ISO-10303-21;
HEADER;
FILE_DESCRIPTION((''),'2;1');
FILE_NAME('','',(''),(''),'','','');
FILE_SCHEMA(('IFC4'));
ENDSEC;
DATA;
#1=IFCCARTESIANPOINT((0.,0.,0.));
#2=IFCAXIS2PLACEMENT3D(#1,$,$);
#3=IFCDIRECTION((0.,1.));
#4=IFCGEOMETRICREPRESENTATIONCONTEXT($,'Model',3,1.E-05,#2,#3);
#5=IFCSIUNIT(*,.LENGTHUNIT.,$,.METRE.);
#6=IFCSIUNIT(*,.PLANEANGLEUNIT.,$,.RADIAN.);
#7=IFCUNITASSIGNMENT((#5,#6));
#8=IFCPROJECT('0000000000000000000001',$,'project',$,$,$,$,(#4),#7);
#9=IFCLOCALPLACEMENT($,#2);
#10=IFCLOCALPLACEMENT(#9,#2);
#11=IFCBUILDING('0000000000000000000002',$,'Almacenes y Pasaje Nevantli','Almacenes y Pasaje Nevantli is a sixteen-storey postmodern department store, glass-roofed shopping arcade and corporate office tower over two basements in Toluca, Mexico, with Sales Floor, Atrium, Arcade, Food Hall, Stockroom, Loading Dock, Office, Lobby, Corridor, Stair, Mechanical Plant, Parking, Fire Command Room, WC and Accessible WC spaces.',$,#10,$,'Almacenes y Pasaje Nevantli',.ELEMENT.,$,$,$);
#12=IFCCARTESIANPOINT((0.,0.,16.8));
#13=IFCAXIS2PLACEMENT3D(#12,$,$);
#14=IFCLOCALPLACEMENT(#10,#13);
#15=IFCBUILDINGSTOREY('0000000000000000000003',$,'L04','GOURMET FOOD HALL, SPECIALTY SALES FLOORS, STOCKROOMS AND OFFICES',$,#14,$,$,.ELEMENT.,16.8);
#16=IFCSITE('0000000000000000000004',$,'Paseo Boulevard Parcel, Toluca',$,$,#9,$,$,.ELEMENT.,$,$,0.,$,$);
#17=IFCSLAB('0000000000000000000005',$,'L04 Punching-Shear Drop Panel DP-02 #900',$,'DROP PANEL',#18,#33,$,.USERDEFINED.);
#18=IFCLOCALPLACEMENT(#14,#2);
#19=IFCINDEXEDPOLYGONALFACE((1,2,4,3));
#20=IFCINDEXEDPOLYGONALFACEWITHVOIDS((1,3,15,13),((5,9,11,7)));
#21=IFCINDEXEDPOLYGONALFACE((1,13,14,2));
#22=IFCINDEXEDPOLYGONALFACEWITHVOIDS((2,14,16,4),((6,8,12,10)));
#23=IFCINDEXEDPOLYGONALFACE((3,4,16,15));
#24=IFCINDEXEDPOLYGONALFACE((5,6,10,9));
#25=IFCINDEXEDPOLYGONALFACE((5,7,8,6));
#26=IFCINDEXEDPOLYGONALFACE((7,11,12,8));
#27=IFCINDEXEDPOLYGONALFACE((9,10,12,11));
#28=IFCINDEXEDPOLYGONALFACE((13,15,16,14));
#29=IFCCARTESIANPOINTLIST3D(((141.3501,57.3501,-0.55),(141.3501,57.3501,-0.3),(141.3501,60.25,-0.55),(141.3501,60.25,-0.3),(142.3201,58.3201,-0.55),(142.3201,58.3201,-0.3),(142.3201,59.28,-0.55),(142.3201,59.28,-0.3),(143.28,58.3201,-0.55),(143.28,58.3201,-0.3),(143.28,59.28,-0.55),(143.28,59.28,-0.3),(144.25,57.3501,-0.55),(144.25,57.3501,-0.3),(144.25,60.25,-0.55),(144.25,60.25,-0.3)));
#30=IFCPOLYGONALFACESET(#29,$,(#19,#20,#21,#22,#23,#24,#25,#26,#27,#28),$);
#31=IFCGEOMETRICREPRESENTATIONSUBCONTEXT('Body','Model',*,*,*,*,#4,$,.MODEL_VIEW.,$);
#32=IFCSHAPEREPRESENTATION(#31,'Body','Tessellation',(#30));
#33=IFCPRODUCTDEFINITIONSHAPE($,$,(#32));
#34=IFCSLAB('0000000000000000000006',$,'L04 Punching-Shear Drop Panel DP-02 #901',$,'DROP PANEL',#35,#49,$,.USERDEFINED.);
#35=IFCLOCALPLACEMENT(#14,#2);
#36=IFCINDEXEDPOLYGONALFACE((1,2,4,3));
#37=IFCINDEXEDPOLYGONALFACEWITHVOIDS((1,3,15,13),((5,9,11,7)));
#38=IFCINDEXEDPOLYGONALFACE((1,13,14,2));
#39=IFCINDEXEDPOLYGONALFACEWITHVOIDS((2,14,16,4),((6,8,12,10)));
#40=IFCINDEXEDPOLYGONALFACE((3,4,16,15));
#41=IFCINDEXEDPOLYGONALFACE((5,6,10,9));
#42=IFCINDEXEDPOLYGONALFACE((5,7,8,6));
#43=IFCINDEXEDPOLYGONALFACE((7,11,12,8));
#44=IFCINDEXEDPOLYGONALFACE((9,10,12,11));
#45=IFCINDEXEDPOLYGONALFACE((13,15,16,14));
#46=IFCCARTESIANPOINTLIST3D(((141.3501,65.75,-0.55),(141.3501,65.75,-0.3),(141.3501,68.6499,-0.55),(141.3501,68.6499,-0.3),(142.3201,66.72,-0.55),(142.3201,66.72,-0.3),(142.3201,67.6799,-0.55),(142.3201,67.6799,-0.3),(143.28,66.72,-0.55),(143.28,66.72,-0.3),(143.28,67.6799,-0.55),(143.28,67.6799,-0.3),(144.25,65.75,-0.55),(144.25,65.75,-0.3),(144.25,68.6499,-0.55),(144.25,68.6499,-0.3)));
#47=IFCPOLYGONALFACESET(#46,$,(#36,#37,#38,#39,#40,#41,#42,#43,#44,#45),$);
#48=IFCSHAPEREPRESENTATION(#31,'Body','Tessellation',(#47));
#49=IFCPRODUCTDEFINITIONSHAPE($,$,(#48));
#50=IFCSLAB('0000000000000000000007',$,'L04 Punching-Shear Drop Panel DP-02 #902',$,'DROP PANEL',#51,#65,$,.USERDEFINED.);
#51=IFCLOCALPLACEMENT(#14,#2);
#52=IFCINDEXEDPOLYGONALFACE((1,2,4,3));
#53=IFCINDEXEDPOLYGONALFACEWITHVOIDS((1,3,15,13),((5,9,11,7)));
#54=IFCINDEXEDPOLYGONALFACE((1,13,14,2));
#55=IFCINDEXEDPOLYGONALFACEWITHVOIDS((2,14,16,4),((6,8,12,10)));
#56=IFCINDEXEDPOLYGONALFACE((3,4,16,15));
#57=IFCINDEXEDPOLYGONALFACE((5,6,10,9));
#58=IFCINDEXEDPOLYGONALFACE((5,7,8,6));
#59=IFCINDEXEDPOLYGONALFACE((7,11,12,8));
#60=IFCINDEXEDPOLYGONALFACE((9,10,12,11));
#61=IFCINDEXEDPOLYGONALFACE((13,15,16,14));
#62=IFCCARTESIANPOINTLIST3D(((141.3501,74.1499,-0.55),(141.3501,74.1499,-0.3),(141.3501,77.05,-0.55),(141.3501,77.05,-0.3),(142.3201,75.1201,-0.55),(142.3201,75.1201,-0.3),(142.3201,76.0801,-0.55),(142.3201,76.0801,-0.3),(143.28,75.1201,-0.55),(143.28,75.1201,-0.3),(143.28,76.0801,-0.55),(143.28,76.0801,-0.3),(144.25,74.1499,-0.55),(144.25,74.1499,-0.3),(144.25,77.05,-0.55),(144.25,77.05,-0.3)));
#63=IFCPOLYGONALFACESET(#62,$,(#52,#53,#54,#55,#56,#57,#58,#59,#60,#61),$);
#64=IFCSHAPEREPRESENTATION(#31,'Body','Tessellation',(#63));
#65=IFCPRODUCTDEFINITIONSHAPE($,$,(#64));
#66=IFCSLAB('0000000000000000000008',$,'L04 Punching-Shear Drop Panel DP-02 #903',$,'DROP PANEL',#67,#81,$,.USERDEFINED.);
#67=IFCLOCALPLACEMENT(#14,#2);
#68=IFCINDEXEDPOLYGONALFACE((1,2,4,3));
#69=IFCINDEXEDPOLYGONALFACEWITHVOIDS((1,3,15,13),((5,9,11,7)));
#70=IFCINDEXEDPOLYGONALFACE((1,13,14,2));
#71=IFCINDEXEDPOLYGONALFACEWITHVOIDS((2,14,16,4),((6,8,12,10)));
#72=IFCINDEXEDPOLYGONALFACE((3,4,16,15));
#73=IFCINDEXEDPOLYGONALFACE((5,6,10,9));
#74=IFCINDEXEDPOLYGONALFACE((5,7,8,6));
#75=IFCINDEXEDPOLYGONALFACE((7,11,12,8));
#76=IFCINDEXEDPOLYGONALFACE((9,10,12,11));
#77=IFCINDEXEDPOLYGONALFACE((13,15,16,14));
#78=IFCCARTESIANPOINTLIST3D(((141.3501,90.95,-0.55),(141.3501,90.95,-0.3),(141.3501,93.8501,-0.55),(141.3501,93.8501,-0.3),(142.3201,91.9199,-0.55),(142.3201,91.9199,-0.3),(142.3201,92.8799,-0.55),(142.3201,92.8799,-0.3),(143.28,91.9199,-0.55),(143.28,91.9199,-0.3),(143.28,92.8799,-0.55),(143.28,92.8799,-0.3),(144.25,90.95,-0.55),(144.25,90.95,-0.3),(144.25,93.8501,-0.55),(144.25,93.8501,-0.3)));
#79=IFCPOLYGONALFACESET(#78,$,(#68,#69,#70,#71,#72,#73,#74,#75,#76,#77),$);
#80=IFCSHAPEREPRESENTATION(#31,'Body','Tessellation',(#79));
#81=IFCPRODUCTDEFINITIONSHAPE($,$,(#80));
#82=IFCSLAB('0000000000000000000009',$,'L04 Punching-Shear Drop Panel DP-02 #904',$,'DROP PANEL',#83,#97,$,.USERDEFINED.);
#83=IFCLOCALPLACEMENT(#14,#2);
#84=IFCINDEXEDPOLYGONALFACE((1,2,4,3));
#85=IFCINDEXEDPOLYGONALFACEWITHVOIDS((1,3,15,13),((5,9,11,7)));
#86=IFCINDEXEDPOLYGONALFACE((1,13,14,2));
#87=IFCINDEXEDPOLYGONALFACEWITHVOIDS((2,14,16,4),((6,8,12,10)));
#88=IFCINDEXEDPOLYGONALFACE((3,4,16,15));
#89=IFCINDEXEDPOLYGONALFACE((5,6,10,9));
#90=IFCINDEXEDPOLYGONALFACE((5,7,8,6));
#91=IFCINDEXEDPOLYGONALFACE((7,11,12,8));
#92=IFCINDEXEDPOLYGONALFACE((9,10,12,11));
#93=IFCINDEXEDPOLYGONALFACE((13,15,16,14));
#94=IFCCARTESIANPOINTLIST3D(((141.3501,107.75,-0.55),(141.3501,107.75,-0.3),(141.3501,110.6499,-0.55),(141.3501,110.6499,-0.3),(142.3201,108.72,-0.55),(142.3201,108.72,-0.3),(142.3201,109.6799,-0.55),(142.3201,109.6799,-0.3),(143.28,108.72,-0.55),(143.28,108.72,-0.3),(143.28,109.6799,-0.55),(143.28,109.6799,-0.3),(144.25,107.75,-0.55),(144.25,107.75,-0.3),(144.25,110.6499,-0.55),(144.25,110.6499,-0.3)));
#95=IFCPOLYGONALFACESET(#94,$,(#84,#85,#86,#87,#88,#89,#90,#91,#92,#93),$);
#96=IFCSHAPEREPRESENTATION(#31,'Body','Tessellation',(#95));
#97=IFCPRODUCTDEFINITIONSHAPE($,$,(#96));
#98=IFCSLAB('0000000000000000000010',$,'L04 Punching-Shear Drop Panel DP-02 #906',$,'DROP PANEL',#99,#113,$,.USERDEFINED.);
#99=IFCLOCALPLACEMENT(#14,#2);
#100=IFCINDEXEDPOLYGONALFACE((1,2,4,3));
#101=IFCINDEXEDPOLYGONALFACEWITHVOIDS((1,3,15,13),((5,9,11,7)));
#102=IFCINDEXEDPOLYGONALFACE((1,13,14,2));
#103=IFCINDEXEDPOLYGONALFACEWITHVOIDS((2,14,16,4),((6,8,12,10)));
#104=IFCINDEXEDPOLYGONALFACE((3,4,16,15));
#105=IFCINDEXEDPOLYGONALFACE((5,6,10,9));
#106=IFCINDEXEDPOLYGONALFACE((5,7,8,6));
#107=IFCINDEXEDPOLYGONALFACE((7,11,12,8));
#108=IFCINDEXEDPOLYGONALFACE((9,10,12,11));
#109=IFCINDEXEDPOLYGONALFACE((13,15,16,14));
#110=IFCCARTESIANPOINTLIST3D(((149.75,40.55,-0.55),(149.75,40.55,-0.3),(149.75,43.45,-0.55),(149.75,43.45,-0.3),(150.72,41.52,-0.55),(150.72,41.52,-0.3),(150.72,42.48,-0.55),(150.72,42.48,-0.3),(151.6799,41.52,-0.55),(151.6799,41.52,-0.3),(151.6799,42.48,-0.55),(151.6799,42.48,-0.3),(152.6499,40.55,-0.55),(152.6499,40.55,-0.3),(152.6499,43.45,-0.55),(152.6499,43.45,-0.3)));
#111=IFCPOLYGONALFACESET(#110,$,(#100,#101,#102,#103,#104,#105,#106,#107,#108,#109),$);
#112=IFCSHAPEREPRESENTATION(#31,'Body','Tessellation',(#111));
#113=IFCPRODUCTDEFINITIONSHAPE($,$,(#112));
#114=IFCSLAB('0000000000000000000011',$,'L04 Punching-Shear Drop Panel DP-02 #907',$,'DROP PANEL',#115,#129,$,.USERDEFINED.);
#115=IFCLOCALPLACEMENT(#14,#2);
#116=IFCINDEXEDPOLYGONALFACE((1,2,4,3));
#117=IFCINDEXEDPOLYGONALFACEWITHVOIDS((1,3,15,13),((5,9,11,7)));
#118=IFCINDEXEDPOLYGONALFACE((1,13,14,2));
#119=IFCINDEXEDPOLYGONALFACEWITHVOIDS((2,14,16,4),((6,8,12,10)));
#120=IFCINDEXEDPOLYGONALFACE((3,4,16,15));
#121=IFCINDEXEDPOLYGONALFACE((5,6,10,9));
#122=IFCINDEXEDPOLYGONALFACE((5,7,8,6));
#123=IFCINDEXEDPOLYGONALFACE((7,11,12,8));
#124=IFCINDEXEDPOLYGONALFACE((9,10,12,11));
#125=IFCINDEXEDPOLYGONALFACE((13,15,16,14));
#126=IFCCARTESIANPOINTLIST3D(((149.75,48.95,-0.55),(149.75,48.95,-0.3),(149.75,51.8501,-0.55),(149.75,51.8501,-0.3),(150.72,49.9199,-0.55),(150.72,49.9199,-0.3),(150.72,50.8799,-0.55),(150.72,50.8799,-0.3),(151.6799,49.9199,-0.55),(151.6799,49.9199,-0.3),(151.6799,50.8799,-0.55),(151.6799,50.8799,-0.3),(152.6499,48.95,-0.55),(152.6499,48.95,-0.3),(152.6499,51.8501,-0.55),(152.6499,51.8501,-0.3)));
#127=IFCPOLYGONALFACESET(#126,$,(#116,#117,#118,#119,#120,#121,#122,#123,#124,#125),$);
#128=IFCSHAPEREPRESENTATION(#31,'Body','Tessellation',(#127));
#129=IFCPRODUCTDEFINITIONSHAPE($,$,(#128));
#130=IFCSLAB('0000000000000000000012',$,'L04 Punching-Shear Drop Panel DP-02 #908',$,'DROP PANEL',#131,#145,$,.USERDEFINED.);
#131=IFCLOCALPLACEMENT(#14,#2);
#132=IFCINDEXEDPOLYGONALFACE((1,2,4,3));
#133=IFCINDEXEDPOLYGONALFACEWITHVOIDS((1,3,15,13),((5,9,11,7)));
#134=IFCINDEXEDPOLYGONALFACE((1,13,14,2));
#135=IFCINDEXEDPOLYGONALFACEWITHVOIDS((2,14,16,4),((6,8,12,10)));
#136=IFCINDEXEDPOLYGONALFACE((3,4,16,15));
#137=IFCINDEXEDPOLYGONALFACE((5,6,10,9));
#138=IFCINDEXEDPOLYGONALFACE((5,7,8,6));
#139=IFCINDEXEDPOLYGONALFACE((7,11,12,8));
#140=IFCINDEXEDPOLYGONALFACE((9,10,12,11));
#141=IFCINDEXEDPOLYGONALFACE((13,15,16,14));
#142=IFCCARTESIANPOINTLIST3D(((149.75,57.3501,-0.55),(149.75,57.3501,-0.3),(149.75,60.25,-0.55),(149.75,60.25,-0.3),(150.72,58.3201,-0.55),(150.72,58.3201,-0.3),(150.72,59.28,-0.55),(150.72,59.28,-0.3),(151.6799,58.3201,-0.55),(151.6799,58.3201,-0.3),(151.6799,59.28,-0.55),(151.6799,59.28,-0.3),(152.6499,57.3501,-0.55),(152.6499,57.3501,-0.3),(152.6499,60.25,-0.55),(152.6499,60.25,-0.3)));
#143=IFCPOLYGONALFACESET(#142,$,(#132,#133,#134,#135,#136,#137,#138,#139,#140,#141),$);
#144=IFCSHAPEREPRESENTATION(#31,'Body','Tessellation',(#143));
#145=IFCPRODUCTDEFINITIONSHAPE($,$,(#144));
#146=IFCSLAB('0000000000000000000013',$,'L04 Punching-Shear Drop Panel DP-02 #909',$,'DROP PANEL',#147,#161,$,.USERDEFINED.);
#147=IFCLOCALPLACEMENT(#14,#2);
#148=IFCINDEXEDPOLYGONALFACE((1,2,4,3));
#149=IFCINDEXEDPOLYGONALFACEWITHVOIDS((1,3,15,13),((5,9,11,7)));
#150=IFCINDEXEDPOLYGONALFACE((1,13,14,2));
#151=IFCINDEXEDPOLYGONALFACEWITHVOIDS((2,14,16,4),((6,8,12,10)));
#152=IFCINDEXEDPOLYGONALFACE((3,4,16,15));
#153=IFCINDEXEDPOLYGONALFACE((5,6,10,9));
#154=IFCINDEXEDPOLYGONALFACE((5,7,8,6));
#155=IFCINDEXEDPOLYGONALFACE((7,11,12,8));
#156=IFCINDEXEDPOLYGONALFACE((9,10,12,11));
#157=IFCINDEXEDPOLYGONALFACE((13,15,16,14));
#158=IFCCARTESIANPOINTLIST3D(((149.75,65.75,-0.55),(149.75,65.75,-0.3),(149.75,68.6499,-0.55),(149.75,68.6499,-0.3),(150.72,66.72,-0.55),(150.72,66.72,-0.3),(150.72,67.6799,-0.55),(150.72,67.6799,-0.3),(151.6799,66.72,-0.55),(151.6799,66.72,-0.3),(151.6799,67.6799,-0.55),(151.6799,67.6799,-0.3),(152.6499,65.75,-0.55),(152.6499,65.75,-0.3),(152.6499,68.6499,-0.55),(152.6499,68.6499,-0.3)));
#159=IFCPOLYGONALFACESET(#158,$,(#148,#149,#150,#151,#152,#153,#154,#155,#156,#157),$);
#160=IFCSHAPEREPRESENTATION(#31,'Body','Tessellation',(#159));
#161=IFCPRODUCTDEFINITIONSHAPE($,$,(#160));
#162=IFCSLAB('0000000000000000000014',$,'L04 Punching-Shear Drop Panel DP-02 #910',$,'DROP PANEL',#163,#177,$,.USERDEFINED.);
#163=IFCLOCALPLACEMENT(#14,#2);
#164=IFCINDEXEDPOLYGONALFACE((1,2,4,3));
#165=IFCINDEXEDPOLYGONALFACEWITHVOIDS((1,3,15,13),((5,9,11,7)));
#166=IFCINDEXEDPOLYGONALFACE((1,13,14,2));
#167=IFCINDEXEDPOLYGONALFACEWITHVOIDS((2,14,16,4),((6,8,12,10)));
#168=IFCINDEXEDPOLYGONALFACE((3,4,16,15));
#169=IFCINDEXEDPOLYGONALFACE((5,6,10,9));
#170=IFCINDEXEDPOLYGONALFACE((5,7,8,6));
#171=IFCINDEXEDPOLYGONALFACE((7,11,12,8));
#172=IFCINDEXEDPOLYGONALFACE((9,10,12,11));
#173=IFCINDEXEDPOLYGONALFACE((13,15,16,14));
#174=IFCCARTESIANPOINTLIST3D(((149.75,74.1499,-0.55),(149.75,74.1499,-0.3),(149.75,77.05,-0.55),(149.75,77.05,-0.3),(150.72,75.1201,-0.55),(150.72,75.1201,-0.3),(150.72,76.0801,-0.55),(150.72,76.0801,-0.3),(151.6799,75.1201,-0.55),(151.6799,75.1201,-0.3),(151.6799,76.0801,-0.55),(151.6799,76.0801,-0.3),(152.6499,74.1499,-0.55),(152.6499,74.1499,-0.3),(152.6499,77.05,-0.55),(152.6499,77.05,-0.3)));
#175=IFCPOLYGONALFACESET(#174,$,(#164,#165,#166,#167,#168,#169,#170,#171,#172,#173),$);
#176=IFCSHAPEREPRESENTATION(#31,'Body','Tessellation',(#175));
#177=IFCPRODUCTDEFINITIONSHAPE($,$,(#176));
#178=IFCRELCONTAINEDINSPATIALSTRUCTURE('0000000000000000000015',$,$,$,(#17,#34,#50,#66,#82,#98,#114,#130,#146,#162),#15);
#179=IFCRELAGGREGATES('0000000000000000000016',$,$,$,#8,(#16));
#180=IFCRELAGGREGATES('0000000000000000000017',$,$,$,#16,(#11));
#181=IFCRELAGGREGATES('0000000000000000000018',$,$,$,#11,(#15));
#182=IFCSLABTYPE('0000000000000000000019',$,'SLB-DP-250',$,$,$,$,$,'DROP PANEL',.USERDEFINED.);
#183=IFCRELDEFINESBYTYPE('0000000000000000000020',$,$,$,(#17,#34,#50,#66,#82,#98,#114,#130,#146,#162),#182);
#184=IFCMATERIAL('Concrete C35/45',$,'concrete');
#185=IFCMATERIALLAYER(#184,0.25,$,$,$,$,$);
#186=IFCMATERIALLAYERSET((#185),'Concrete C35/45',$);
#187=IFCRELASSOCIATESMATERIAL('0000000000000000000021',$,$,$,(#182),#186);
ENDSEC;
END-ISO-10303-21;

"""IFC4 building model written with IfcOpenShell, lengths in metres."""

from ifc_helpers import new_model, si_unit, direction, frame, origin, place, context, subcontext, project, spatial, polyline, outline, extrude, material, layer, layer_set, type_object, element, save


model = new_model("IFC4")

# Units and contexts
model_context = context("Model", 3, precision=1e-05, world=origin(), true_north=direction((0.0, 1.0)))
body_context = subcontext(model_context, "Body", "Model", "MODEL_VIEW")
ifc_project = project(units=[si_unit("LENGTHUNIT", "METRE"), si_unit("PLANEANGLEUNIT", "RADIAN")], contexts=[model_context])

# Site, building, storey
site_placement = place(None, origin())
site = spatial("IfcSite", under=ifc_project, at=site_placement, Name="Paseo Boulevard Parcel, Toluca", CompositionType="ELEMENT", RefElevation=0.0)
building_placement = place(site_placement, origin())
building = spatial("IfcBuilding", under=site, at=building_placement, Name="Almacenes y Pasaje Nevantli", Description="Almacenes y Pasaje Nevantli is a sixteen-storey postmodern department store, glass-roofed shopping arcade and corporate office tower over two basements in Toluca, Mexico, with Sales Floor, Atrium, Arcade, Food Hall, Stockroom, Loading Dock, Office, Lobby, Corridor, Stair, Mechanical Plant, Parking, Fire Command Room, WC and Accessible WC spaces.", LongName="Almacenes y Pasaje Nevantli", CompositionType="ELEMENT")
storey_placement = place(building_placement, frame((0.0, 0.0, 16.8)))
storey = spatial("IfcBuildingStorey", under=building, at=storey_placement, Name="L04", Description="GOURMET FOOD HALL, SPECIALTY SALES FLOORS, STOCKROOMS AND OFFICES", CompositionType="ELEMENT", Elevation=16.8)

# Slabs
ifc_material = material(Name="Concrete C35/45", Category="concrete")
ifc_layer = layer(ifc_material, 0.25)
ifc_layer_set = layer_set([ifc_layer], Name="Concrete C35/45")
slab_type = type_object("IfcSlabType", Name="SLB-DP-250", ElementType="DROP PANEL", PredefinedType="USERDEFINED", material=ifc_layer_set)
slab_1_placement = place(storey_placement, frame((0.0, 0.0, -0.55)))
element("IfcSlab", 1, at=slab_1_placement, inside=storey, type_object=slab_type, Name="L04 Punching-Shear Drop Panel DP-02 #900", ObjectType="DROP PANEL", PredefinedType="USERDEFINED", context=body_context, shape_type="SweptSolid", body=[
    extrude(outline(polyline([(141.3501, 57.3501), (144.25, 57.3501), (144.25, 60.25), (141.3501, 60.25), (141.3501, 57.3501)]), holes=[polyline([(142.3201, 58.3201), (143.28, 58.3201), (143.28, 59.28), (142.3201, 59.28), (142.3201, 58.3201)])]), origin(), (0.0, 0.0, 1.0), 0.25),
])
slab_2_placement = place(storey_placement, frame((0.0, 0.0, -0.55)))
element("IfcSlab", 2, at=slab_2_placement, inside=storey, type_object=slab_type, Name="L04 Punching-Shear Drop Panel DP-02 #901", ObjectType="DROP PANEL", PredefinedType="USERDEFINED", context=body_context, shape_type="SweptSolid", body=[
    extrude(outline(polyline([(141.3501, 65.75), (144.25, 65.75), (144.25, 68.6499), (141.3501, 68.6499), (141.3501, 65.75)]), holes=[polyline([(142.3201, 66.72), (143.28, 66.72), (143.28, 67.6799), (142.3201, 67.6799), (142.3201, 66.72)])]), origin(), (0.0, 0.0, 1.0), 0.25),
])
slab_3_placement = place(storey_placement, frame((0.0, 0.0, -0.55)))
element("IfcSlab", 3, at=slab_3_placement, inside=storey, type_object=slab_type, Name="L04 Punching-Shear Drop Panel DP-02 #902", ObjectType="DROP PANEL", PredefinedType="USERDEFINED", context=body_context, shape_type="SweptSolid", body=[
    extrude(outline(polyline([(141.3501, 74.1499), (144.25, 74.1499), (144.25, 77.05), (141.3501, 77.05), (141.3501, 74.1499)]), holes=[polyline([(142.3201, 75.1201), (143.28, 75.1201), (143.28, 76.0801), (142.3201, 76.0801), (142.3201, 75.1201)])]), origin(), (0.0, 0.0, 1.0), 0.25),
])
slab_4_placement = place(storey_placement, frame((0.0, 0.0, -0.55)))
element("IfcSlab", 4, at=slab_4_placement, inside=storey, type_object=slab_type, Name="L04 Punching-Shear Drop Panel DP-02 #903", ObjectType="DROP PANEL", PredefinedType="USERDEFINED", context=body_context, shape_type="SweptSolid", body=[
    extrude(outline(polyline([(141.3501, 90.95), (144.25, 90.95), (144.25, 93.8501), (141.3501, 93.8501), (141.3501, 90.95)]), holes=[polyline([(142.3201, 91.9199), (143.28, 91.9199), (143.28, 92.8799), (142.3201, 92.8799), (142.3201, 91.9199)])]), origin(), (0.0, 0.0, 1.0), 0.25),
])
slab_5_placement = place(storey_placement, frame((0.0, 0.0, -0.55)))
element("IfcSlab", 5, at=slab_5_placement, inside=storey, type_object=slab_type, Name="L04 Punching-Shear Drop Panel DP-02 #904", ObjectType="DROP PANEL", PredefinedType="USERDEFINED", context=body_context, shape_type="SweptSolid", body=[
    extrude(outline(polyline([(141.3501, 107.75), (144.25, 107.75), (144.25, 110.6499), (141.3501, 110.6499), (141.3501, 107.75)]), holes=[polyline([(142.3201, 108.72), (143.28, 108.72), (143.28, 109.6799), (142.3201, 109.6799), (142.3201, 108.72)])]), origin(), (0.0, 0.0, 1.0), 0.25),
])
slab_6_placement = place(storey_placement, frame((0.0, 0.0, -0.55)))
element("IfcSlab", 6, at=slab_6_placement, inside=storey, type_object=slab_type, Name="L04 Punching-Shear Drop Panel DP-02 #906", ObjectType="DROP PANEL", PredefinedType="USERDEFINED", context=body_context, shape_type="SweptSolid", body=[
    extrude(outline(polyline([(149.75, 40.55), (152.6499, 40.55), (152.6499, 43.45), (149.75, 43.45), (149.75, 40.55)]), holes=[polyline([(150.72, 41.52), (151.6799, 41.52), (151.6799, 42.48), (150.72, 42.48), (150.72, 41.52)])]), origin(), (0.0, 0.0, 1.0), 0.25),
])
slab_7_placement = place(storey_placement, frame((0.0, 0.0, -0.55)))
element("IfcSlab", 7, at=slab_7_placement, inside=storey, type_object=slab_type, Name="L04 Punching-Shear Drop Panel DP-02 #907", ObjectType="DROP PANEL", PredefinedType="USERDEFINED", context=body_context, shape_type="SweptSolid", body=[
    extrude(outline(polyline([(149.75, 48.95), (152.6499, 48.95), (152.6499, 51.8501), (149.75, 51.8501), (149.75, 48.95)]), holes=[polyline([(150.72, 49.9199), (151.6799, 49.9199), (151.6799, 50.8799), (150.72, 50.8799), (150.72, 49.9199)])]), origin(), (0.0, 0.0, 1.0), 0.25),
])
slab_8_placement = place(storey_placement, frame((0.0, 0.0, -0.55)))
element("IfcSlab", 8, at=slab_8_placement, inside=storey, type_object=slab_type, Name="L04 Punching-Shear Drop Panel DP-02 #908", ObjectType="DROP PANEL", PredefinedType="USERDEFINED", context=body_context, shape_type="SweptSolid", body=[
    extrude(outline(polyline([(149.75, 57.3501), (152.6499, 57.3501), (152.6499, 60.25), (149.75, 60.25), (149.75, 57.3501)]), holes=[polyline([(150.72, 58.3201), (151.6799, 58.3201), (151.6799, 59.28), (150.72, 59.28), (150.72, 58.3201)])]), origin(), (0.0, 0.0, 1.0), 0.25),
])
slab_9_placement = place(storey_placement, frame((0.0, 0.0, -0.55)))
element("IfcSlab", 9, at=slab_9_placement, inside=storey, type_object=slab_type, Name="L04 Punching-Shear Drop Panel DP-02 #909", ObjectType="DROP PANEL", PredefinedType="USERDEFINED", context=body_context, shape_type="SweptSolid", body=[
    extrude(outline(polyline([(149.75, 65.75), (152.6499, 65.75), (152.6499, 68.6499), (149.75, 68.6499), (149.75, 65.75)]), holes=[polyline([(150.72, 66.72), (151.6799, 66.72), (151.6799, 67.6799), (150.72, 67.6799), (150.72, 66.72)])]), origin(), (0.0, 0.0, 1.0), 0.25),
])
slab_10_placement = place(storey_placement, frame((0.0, 0.0, -0.55)))
element("IfcSlab", 10, at=slab_10_placement, inside=storey, type_object=slab_type, Name="L04 Punching-Shear Drop Panel DP-02 #910", ObjectType="DROP PANEL", PredefinedType="USERDEFINED", context=body_context, shape_type="SweptSolid", body=[
    extrude(outline(polyline([(149.75, 74.1499), (152.6499, 74.1499), (152.6499, 77.05), (149.75, 77.05), (149.75, 74.1499)]), holes=[polyline([(150.72, 75.1201), (151.6799, 75.1201), (151.6799, 76.0801), (150.72, 76.0801), (150.72, 75.1201)])]), origin(), (0.0, 0.0, 1.0), 0.25),
])

save(model, "model.ifc")
